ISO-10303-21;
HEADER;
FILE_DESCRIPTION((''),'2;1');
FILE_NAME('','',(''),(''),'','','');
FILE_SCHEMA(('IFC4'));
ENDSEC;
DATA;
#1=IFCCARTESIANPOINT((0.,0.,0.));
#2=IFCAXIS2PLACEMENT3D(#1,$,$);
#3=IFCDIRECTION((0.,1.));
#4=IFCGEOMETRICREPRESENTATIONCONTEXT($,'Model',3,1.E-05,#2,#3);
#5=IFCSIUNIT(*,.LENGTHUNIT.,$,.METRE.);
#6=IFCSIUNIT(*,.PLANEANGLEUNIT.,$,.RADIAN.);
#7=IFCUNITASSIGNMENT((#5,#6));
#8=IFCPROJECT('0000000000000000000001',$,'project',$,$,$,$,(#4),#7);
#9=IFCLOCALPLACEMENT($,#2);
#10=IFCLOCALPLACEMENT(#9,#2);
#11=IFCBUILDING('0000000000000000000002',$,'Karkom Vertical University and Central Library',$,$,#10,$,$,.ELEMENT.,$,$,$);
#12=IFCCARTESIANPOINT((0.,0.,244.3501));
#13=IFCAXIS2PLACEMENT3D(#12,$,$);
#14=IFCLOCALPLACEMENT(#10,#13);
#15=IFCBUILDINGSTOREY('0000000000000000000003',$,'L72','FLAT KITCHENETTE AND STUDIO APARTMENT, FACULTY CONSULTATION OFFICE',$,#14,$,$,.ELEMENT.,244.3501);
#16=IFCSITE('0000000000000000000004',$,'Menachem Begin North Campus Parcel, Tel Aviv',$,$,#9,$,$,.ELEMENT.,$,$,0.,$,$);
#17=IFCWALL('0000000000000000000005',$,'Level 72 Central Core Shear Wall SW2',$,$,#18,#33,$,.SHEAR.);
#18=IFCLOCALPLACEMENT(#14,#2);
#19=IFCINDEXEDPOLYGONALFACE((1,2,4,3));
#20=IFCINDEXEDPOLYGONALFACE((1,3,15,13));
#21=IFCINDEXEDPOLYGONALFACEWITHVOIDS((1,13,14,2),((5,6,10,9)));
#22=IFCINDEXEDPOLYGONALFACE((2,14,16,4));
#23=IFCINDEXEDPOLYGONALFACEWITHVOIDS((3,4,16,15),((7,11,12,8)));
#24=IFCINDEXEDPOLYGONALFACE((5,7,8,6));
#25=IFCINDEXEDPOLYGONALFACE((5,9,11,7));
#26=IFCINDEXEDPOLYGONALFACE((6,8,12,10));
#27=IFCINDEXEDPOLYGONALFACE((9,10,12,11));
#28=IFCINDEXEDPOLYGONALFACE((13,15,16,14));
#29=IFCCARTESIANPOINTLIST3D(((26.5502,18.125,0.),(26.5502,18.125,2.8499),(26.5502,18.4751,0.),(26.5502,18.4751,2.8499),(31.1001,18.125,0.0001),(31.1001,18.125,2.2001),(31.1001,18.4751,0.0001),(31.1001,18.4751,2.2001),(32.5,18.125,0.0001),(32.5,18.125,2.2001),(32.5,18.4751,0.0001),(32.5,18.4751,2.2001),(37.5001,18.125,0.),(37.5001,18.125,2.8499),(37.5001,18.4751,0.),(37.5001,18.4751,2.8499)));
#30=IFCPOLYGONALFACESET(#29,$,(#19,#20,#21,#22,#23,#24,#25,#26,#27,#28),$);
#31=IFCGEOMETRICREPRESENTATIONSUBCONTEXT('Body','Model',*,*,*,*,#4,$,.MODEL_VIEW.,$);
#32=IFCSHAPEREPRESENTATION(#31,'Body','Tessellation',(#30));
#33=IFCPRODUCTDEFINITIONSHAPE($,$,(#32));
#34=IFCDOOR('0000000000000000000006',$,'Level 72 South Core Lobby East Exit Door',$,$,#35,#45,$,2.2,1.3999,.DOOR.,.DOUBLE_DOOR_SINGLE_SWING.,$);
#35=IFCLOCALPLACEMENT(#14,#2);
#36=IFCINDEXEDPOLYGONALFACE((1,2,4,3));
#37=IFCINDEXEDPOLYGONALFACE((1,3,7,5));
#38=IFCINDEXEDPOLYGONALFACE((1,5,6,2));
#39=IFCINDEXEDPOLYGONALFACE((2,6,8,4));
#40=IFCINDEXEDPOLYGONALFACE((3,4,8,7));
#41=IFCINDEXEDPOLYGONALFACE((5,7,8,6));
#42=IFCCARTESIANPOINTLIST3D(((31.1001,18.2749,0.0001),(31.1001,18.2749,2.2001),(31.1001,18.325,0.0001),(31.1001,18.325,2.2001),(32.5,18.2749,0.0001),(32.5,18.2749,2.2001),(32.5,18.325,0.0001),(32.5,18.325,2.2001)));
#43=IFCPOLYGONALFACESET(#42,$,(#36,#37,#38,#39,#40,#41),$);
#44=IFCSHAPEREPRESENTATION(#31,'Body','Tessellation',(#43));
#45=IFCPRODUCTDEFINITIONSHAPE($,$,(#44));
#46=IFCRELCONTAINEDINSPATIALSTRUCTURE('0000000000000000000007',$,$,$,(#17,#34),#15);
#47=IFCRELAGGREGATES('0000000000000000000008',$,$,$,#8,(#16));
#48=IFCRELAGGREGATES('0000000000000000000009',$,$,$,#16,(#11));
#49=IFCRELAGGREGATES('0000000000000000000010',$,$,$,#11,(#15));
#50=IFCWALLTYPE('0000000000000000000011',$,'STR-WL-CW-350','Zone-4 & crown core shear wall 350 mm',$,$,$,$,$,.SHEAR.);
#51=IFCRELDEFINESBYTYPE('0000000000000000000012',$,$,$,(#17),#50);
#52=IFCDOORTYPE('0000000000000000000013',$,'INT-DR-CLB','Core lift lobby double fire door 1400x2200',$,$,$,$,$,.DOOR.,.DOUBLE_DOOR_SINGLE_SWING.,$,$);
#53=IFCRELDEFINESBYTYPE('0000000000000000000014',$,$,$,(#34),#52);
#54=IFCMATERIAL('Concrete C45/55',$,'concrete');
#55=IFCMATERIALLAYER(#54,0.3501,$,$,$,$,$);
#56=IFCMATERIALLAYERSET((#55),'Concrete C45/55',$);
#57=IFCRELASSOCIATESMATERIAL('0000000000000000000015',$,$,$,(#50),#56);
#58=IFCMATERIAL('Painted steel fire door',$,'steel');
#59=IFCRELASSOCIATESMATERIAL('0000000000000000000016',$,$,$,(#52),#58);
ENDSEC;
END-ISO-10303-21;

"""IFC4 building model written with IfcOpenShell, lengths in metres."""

from ifc_helpers import new_model, si_unit, direction, frame, frame_2d, origin, origin_with_axes, place, context, subcontext, project, spatial, rectangle, extrude, source, transform, mapped, material, layer, layer_set, type_object, element, fill, save


model = new_model("IFC4")

# Units and contexts
model_context = context("Model", 3, precision=1e-05, world=origin(), true_north=direction((0.0, 1.0)))
body_context = subcontext(model_context, "Body", "Model", "MODEL_VIEW")
ifc_project = project(units=[si_unit("LENGTHUNIT", "METRE"), si_unit("PLANEANGLEUNIT", "RADIAN")], contexts=[model_context])

# Site, building, storey
site_placement = place(None, origin())
site = spatial("IfcSite", under=ifc_project, at=site_placement, Name="Menachem Begin North Campus Parcel, Tel Aviv", CompositionType="ELEMENT", RefElevation=0.0)
building_placement = place(site_placement, origin())
building = spatial("IfcBuilding", under=site, at=building_placement, Name="Karkom Vertical University and Central Library", CompositionType="ELEMENT")
storey_placement = place(building_placement, frame((0.0, 0.0, 244.3501)))
storey = spatial("IfcBuildingStorey", under=building, at=storey_placement, Name="L72", Description="FLAT KITCHENETTE AND STUDIO APARTMENT, FACULTY CONSULTATION OFFICE", CompositionType="ELEMENT", Elevation=244.3501)

# Shared definitions
ifc_material_1 = material(Name="Concrete C45/55", Category="concrete")

# Wall, opening, door
ifc_layer_1 = layer(ifc_material_1, 0.3501)
ifc_layer_set_1 = layer_set([ifc_layer_1], Name="Concrete C45/55")
wall_type_1 = type_object("IfcWallType", Name="STR-WL-CW-350", Description="Zone-4 & crown core shear wall 350 mm", PredefinedType="SHEAR", material=ifc_layer_set_1)
wall_1_placement = place(storey_placement, frame((26.55, 18.3, 0.0), z_axis=(0.0, 0.0, 1.0), x_axis=(1.0, 0.0, 0.0)))
wall_1 = element("IfcWall", 1, at=wall_1_placement, inside=storey, type_object=wall_type_1, Name="Level 72 Central Core Shear Wall SW2", PredefinedType="SHEAR", context=body_context, shape_type="SweptSolid", body=[
    extrude(rectangle(XDim=10.95, YDim=0.3501, at=frame_2d((5.4751, 0.0))), origin(), (0.0, 0.0, 1.0), 2.8499),
])
opening_1_placement = place(wall_1_placement, frame((4.55, 0.0, 0.0)))
opening_1 = element("IfcOpeningElement", 2, at=opening_1_placement, cuts=wall_1, PredefinedType="OPENING", context=body_context, shape_type="SweptSolid", body=[
    extrude(rectangle(XDim=1.3999, YDim=2.2, at=frame_2d((0.7, 1.1001))), frame((0.0, 0.1851, 0.0), z_axis=(0.0, -1.0, 0.0), x_axis=(1.0, 0.0, 0.0)), (0.0, 0.0, 1.0), 0.3701),
])
ifc_material_2 = material(Name="Painted steel fire door", Category="steel")
door_type_1 = type_object("IfcDoorType", Name="INT-DR-CLB", Description="Core lift lobby double fire door 1400x2200", OperationType="DOUBLE_DOOR_SINGLE_SWING", PredefinedType="DOOR", material=ifc_material_2)
shared_shape_1 = source(origin_with_axes(), body_context, "Body", "SweptSolid", [
    extrude(rectangle(XDim=1.3999, YDim=2.2, at=frame_2d((0.7, 1.1001))), frame((0.0, 0.0249, 0.0), z_axis=(0.0, -1.0, 0.0), x_axis=(1.0, 0.0, 0.0)), (0.0, 0.0, 1.0), 0.05),
])
door_1_placement = place(opening_1_placement, origin())
door_1 = element("IfcDoor", 3, at=door_1_placement, inside=storey, type_object=door_type_1, Name="Level 72 South Core Lobby East Exit Door", OperationType="DOUBLE_DOOR_SINGLE_SWING", OverallHeight=2.2, OverallWidth=1.3999, PredefinedType="DOOR", context=body_context, shape_type="MappedRepresentation", body=[
    mapped(shared_shape_1, transform((0.0, 0.0, 0.0), scale=1.0)),
])
fill(opening_1, door_1)

save(model, "model.ifc")
